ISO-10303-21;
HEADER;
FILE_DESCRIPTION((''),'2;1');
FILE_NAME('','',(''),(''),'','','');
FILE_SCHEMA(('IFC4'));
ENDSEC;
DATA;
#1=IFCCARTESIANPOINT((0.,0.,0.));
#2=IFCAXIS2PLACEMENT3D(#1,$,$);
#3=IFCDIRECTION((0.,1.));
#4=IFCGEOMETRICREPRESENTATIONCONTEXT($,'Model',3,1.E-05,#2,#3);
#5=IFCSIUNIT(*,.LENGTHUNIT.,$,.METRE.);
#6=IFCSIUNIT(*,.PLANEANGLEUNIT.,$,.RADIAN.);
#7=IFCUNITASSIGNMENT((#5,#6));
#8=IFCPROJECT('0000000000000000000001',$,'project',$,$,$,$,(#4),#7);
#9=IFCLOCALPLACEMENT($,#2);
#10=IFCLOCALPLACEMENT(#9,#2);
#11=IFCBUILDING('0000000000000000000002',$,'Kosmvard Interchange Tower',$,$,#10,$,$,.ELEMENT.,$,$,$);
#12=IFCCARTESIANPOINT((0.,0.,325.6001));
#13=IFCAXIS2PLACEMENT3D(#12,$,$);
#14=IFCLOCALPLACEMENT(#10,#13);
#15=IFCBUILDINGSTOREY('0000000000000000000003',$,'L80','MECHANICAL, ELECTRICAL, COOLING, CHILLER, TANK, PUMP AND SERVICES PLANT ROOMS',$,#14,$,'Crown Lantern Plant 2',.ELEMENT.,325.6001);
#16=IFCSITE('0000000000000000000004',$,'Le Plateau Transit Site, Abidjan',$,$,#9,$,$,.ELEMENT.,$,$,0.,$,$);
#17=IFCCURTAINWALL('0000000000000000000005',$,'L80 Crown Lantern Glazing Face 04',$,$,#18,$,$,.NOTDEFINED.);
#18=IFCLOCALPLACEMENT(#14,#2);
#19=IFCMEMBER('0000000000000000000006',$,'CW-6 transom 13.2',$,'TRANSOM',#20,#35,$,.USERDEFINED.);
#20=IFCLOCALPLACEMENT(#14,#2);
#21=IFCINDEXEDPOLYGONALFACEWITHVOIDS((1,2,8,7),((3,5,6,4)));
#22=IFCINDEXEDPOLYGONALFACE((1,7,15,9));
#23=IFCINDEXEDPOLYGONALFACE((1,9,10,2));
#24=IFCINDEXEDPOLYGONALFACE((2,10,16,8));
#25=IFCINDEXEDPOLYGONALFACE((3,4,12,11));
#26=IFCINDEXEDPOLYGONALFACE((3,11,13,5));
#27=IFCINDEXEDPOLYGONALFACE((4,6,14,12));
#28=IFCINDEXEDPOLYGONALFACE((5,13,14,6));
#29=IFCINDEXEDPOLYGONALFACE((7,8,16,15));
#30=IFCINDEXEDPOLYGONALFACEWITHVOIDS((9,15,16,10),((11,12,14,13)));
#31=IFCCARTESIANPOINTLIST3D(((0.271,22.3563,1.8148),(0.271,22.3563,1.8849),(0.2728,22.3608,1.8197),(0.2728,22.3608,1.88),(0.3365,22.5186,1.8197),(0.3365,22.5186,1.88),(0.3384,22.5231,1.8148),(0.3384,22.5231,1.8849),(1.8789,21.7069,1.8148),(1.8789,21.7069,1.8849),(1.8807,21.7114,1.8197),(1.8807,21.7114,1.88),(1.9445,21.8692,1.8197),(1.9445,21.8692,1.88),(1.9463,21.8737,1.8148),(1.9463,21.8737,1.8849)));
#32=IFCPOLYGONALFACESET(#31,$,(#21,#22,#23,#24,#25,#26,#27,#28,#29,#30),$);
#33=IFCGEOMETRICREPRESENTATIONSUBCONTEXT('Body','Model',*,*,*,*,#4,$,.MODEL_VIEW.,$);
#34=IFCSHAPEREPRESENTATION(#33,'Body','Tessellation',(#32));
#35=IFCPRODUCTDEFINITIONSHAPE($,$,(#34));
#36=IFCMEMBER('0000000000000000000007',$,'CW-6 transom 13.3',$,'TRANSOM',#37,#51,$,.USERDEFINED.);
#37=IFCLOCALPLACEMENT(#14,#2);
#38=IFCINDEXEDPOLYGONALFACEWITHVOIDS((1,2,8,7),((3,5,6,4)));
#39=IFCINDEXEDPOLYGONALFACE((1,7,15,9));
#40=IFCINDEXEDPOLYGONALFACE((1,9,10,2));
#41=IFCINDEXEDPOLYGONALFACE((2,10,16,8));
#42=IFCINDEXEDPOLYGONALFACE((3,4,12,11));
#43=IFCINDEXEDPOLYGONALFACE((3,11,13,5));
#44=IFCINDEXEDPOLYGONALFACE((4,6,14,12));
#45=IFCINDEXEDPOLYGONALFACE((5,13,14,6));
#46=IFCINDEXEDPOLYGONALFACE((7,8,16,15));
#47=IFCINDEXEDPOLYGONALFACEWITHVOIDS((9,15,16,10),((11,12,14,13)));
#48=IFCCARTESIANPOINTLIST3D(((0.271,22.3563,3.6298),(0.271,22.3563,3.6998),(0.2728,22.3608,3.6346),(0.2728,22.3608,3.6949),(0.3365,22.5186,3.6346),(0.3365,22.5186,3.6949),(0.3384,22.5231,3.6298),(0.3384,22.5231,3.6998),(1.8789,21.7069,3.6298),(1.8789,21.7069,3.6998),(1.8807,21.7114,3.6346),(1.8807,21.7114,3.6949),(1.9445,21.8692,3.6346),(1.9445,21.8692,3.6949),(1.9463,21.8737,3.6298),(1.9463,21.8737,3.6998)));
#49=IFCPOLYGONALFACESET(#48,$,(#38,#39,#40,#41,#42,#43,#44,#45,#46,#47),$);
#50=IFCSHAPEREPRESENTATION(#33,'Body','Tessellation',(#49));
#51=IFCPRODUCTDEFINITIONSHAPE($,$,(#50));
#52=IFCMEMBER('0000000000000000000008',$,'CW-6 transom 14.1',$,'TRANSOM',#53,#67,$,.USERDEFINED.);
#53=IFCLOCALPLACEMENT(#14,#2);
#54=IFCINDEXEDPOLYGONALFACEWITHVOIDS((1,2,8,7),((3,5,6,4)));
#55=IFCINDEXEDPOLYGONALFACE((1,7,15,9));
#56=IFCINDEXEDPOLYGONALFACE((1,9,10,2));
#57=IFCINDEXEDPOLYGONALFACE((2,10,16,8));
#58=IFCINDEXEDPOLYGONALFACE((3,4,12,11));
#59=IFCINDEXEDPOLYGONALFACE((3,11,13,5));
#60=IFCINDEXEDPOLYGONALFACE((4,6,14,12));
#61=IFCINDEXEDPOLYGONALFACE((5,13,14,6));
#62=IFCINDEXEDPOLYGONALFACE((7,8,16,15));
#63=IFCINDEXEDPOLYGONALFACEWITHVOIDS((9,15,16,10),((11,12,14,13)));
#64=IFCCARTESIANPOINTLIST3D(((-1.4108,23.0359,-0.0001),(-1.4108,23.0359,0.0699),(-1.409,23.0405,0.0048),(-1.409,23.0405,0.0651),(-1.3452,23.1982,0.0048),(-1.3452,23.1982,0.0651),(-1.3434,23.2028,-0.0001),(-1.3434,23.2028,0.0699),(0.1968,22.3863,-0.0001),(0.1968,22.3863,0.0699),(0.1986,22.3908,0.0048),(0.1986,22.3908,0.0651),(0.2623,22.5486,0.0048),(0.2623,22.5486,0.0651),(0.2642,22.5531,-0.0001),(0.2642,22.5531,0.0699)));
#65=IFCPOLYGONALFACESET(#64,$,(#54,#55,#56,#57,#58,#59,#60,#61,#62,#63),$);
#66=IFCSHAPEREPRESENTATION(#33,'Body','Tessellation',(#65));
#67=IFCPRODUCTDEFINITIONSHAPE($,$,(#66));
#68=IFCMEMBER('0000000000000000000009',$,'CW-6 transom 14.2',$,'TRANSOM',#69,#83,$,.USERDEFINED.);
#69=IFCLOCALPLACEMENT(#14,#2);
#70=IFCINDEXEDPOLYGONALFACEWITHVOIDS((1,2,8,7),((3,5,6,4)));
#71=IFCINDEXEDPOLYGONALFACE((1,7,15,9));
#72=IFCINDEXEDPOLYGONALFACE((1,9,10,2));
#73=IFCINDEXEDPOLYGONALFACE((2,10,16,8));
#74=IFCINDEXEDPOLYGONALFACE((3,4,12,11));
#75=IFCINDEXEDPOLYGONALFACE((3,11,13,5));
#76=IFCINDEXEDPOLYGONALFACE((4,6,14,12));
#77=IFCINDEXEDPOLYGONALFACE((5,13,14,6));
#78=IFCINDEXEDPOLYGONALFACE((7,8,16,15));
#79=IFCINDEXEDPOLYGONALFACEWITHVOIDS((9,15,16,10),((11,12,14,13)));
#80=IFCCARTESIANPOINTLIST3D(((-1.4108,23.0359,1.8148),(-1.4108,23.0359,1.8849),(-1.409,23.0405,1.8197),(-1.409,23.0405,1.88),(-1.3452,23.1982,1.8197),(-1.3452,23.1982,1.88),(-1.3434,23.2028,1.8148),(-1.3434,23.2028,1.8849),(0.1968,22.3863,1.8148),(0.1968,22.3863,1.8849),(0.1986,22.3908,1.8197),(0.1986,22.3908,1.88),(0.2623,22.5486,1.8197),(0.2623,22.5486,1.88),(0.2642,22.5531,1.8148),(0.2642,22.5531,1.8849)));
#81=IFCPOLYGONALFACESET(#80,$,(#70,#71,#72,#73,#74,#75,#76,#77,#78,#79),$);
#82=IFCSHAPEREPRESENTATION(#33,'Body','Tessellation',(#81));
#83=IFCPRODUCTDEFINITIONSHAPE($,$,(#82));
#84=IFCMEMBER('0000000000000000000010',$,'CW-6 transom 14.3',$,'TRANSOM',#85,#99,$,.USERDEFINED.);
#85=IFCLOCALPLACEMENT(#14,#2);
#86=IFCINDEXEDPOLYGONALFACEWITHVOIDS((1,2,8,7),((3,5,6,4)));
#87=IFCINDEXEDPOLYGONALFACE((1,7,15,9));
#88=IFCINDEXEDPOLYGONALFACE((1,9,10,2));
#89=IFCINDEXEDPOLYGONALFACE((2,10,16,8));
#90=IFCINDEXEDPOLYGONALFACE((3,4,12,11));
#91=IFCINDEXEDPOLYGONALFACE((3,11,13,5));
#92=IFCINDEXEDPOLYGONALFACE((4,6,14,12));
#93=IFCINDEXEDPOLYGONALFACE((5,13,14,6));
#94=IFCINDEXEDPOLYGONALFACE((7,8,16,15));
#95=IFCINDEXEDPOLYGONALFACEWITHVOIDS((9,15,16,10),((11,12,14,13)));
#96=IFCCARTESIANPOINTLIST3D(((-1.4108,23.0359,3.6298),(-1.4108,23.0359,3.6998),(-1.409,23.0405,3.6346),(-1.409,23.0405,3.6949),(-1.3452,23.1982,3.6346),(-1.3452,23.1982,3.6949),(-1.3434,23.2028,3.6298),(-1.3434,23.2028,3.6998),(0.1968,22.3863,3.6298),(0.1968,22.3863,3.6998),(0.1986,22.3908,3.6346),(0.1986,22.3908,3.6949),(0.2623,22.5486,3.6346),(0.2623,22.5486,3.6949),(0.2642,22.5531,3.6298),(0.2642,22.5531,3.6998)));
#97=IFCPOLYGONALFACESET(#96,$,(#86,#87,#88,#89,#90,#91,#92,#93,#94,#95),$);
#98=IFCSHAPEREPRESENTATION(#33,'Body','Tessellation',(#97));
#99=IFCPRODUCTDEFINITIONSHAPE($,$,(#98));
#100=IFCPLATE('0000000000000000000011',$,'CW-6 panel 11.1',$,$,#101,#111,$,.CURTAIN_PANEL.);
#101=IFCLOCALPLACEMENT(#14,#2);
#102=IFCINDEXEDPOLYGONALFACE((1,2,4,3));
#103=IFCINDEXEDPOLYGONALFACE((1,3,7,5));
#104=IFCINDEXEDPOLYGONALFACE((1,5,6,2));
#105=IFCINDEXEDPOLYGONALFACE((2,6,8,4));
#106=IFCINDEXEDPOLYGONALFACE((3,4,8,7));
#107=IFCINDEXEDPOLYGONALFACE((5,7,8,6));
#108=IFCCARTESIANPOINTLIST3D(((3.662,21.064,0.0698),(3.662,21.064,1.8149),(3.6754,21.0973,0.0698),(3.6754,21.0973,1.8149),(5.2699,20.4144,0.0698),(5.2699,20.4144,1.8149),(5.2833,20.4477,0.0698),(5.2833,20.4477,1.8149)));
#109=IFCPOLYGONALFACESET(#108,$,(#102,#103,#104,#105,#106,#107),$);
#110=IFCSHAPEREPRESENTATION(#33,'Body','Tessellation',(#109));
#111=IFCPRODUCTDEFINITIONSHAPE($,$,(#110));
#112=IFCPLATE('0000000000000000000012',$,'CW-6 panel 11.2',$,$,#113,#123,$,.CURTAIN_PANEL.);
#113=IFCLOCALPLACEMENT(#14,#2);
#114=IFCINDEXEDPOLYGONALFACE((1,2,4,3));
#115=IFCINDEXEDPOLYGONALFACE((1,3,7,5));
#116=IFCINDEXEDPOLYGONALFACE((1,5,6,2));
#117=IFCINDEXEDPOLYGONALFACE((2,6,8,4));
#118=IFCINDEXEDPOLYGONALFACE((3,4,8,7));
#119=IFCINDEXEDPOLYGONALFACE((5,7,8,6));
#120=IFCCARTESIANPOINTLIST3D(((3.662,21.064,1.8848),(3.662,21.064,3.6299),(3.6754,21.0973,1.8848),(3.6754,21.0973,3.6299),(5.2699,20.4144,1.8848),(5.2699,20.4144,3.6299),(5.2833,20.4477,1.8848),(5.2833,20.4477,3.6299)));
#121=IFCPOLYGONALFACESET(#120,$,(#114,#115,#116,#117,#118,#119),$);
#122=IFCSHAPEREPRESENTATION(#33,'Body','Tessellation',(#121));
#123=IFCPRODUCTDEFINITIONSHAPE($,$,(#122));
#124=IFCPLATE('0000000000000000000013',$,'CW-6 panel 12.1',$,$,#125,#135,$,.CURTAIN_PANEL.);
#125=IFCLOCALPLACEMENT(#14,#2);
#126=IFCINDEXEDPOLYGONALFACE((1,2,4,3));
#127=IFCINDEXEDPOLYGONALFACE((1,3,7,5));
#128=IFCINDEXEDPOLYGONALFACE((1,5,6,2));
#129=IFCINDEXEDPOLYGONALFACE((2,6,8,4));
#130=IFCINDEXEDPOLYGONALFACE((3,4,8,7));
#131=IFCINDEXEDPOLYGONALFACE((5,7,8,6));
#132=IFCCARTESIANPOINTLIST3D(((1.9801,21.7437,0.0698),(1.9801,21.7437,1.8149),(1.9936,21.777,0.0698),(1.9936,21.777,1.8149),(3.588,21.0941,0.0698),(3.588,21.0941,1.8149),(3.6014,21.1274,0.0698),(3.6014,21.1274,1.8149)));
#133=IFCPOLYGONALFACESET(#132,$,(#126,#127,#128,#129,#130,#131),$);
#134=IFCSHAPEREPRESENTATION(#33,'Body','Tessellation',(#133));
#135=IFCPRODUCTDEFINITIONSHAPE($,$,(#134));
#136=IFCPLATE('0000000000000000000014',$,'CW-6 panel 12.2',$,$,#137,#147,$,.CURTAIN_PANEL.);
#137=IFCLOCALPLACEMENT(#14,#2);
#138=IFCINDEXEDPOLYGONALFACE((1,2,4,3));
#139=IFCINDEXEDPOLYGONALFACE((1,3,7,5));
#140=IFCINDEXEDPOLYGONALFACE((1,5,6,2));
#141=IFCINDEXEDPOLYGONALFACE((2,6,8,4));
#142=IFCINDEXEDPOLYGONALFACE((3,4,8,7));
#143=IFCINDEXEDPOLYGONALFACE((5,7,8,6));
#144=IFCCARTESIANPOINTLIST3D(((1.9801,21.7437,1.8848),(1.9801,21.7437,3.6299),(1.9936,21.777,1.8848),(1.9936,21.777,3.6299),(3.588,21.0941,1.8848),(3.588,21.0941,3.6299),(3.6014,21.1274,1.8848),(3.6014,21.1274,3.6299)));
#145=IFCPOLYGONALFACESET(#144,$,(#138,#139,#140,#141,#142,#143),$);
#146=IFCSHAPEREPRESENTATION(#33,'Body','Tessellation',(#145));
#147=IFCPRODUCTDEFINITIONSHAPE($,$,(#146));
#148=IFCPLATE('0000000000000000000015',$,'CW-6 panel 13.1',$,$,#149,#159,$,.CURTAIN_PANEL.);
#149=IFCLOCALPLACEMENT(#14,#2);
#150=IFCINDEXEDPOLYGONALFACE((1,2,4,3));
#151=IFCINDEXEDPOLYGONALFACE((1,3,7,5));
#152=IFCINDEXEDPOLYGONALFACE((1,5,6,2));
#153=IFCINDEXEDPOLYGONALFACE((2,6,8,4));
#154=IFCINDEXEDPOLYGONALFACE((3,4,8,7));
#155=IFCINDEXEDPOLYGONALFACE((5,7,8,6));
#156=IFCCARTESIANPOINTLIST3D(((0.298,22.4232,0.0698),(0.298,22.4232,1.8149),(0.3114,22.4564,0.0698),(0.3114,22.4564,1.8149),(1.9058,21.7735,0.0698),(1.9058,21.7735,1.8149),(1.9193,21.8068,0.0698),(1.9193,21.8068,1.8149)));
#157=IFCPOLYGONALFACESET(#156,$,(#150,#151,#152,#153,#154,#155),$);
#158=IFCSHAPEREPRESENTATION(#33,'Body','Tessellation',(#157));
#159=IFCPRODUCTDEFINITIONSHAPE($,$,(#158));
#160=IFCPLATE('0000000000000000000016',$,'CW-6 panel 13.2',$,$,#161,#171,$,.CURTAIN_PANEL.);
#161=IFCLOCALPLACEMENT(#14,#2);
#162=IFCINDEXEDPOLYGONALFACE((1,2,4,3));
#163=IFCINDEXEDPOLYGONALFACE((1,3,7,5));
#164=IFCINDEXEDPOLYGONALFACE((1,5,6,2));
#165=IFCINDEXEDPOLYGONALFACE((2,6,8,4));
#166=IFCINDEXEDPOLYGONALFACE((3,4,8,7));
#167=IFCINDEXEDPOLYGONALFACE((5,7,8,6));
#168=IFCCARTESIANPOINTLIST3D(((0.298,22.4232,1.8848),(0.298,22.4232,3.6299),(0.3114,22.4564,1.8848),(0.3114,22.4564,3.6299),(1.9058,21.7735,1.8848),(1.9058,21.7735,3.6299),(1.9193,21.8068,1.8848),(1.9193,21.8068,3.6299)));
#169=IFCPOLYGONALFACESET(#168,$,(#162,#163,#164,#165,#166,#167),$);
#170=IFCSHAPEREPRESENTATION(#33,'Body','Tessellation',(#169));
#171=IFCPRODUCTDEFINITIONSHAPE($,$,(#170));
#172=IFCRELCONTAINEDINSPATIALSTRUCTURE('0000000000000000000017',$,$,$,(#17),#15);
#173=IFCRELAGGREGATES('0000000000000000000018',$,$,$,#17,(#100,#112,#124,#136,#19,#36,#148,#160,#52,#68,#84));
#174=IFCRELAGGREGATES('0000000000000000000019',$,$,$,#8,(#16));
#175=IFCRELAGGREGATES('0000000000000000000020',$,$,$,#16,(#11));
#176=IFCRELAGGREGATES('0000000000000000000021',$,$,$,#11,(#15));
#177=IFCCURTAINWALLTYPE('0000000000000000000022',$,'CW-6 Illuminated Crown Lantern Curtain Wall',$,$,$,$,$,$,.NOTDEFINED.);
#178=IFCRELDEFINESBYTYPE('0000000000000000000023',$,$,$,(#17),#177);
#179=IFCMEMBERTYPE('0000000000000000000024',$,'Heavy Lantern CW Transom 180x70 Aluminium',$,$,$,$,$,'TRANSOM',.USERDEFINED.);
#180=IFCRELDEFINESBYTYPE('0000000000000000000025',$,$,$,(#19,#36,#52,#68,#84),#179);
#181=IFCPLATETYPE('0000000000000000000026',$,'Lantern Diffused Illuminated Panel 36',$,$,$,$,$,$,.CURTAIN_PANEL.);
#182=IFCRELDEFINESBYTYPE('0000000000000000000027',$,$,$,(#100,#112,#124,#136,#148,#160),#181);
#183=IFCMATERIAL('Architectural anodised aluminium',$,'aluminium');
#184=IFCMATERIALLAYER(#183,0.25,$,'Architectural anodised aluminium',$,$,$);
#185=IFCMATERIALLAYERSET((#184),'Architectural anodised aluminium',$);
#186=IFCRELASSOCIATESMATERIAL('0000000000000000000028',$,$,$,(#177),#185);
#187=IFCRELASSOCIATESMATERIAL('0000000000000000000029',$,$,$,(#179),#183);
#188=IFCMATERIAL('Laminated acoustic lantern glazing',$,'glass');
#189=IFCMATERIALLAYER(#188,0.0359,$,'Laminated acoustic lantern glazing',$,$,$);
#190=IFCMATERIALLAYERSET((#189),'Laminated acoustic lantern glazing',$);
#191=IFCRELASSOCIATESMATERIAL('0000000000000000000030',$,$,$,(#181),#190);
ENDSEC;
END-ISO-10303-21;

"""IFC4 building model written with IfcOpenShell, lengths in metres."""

from ifc_helpers import new_model, si_unit, direction, frame, origin, origin_2d, place, context, subcontext, project, spatial, rectangle, hollow_rectangle, extrude, source, transform, mapped, material, layer, layer_set, material_profile, profile_set, type_object, element, aggregate, save


model = new_model("IFC4")

# Units and contexts
model_context = context("Model", 3, precision=1e-05, world=origin(), true_north=direction((0.0, 1.0)))
body_context = subcontext(model_context, "Body", "Model", "MODEL_VIEW")
ifc_project = project(units=[si_unit("LENGTHUNIT", "METRE"), si_unit("PLANEANGLEUNIT", "RADIAN")], contexts=[model_context])

# Site, building, storey
site_placement = place(None, origin())
site = spatial("IfcSite", under=ifc_project, at=site_placement, Name="Le Plateau Transit Site, Abidjan", CompositionType="ELEMENT", RefElevation=0.0)
building_placement = place(site_placement, origin())
building = spatial("IfcBuilding", under=site, at=building_placement, Name="Kosmvard Interchange Tower", CompositionType="ELEMENT")
storey_placement = place(building_placement, frame((0.0, 0.0, 325.6001)))
storey = spatial("IfcBuildingStorey", under=building, at=storey_placement, Name="L80", Description="MECHANICAL, ELECTRICAL, COOLING, CHILLER, TANK, PUMP AND SERVICES PLANT ROOMS", LongName="Crown Lantern Plant 2", CompositionType="ELEMENT", Elevation=325.6001)

# Curtain wall, members, plates
ifc_material_1 = material(Name="Architectural anodised aluminium", Category="aluminium")
ifc_layer_1 = layer(ifc_material_1, 0.25, Name="Architectural anodised aluminium")
ifc_layer_set_1 = layer_set([ifc_layer_1], Name="Architectural anodised aluminium")
curtain_wall_type = type_object("IfcCurtainWallType", Name="CW-6 Illuminated Crown Lantern Curtain Wall", PredefinedType="NOTDEFINED", material=ifc_layer_set_1)
curtain_wall_placement = place(storey_placement, origin())
curtain_wall = element("IfcCurtainWall", 1, at=curtain_wall_placement, inside=storey, type_object=curtain_wall_type, Name="L80 Crown Lantern Glazing Face 04", PredefinedType="NOTDEFINED")
ifc_material_profile_1 = material_profile(ifc_material_1, hollow_rectangle(XDim=0.1799, YDim=0.0701, WallThickness=0.0049, at=origin_2d()), Name="CWT 180x70x5")
ifc_profile_set_1 = profile_set([ifc_material_profile_1], Name="Architectural anodised aluminium")
member_type_1 = type_object("IfcMemberType", Name="Heavy Lantern CW Transom 180x70 Aluminium", ElementType="TRANSOM", PredefinedType="USERDEFINED", material=ifc_profile_set_1)
shared_shape_1 = source(origin(), body_context, "Body", "SweptSolid", [
    extrude(hollow_rectangle(XDim=0.1799, YDim=0.0701, WallThickness=0.0049, at=origin_2d()), origin(), (0.0, 0.0, 1.0), 1.7341),
])
member_1_placement = place(storey_placement, frame((1.9126, 21.7903, 1.8499), z_axis=(-0.927229, 0.374496, 0.0), x_axis=(-0.374496, -0.927229, 0.0)))
member_1 = element("IfcMember", 2, at=member_1_placement, type_object=member_type_1, Name="CW-6 transom 13.2", ObjectType="TRANSOM", PredefinedType="USERDEFINED", context=body_context, shape_type="MappedRepresentation", body=[
    mapped(shared_shape_1, transform((0.0, 0.0, 0.0), scale=1.0)),
])
member_2_placement = place(storey_placement, frame((1.9126, 21.7903, 3.6648), z_axis=(-0.927229, 0.374496, 0.0), x_axis=(-0.374496, -0.927229, 0.0)))
member_2 = element("IfcMember", 3, at=member_2_placement, type_object=member_type_1, Name="CW-6 transom 13.3", ObjectType="TRANSOM", PredefinedType="USERDEFINED", context=body_context, shape_type="MappedRepresentation", body=[
    mapped(shared_shape_1, transform((0.0, 0.0, 0.0), scale=1.0)),
])
shared_shape_2 = source(origin(), body_context, "Body", "SweptSolid", [
    extrude(hollow_rectangle(XDim=0.1799, YDim=0.0701, WallThickness=0.0049, at=origin_2d()), origin(), (0.0, 0.0, 1.0), 1.7339),
])
member_3_placement = place(storey_placement, frame((0.2305, 22.4697, 0.0349), z_axis=(-0.92716, 0.374666, 0.0), x_axis=(-0.374666, -0.92716, 0.0)))
member_3 = element("IfcMember", 4, at=member_3_placement, type_object=member_type_1, Name="CW-6 transom 14.1", ObjectType="TRANSOM", PredefinedType="USERDEFINED", context=body_context, shape_type="MappedRepresentation", body=[
    mapped(shared_shape_2, transform((0.0, 0.0, 0.0), scale=1.0)),
])
member_4_placement = place(storey_placement, frame((0.2305, 22.4697, 1.8499), z_axis=(-0.92716, 0.374666, 0.0), x_axis=(-0.374666, -0.92716, 0.0)))
member_4 = element("IfcMember", 5, at=member_4_placement, type_object=member_type_1, Name="CW-6 transom 14.2", ObjectType="TRANSOM", PredefinedType="USERDEFINED", context=body_context, shape_type="MappedRepresentation", body=[
    mapped(shared_shape_2, transform((0.0, 0.0, 0.0), scale=1.0)),
])
member_5_placement = place(storey_placement, frame((0.2305, 22.4697, 3.6648), z_axis=(-0.92716, 0.374666, 0.0), x_axis=(-0.374666, -0.92716, 0.0)))
member_5 = element("IfcMember", 6, at=member_5_placement, type_object=member_type_1, Name="CW-6 transom 14.3", ObjectType="TRANSOM", PredefinedType="USERDEFINED", context=body_context, shape_type="MappedRepresentation", body=[
    mapped(shared_shape_2, transform((0.0, 0.0, 0.0), scale=1.0)),
])
ifc_material_2 = material(Name="Laminated acoustic lantern glazing", Category="glass")
ifc_layer_2 = layer(ifc_material_2, 0.0359, Name="Laminated acoustic lantern glazing")
ifc_layer_set_2 = layer_set([ifc_layer_2], Name="Laminated acoustic lantern glazing")
plate_type = type_object("IfcPlateType", Name="Lantern Diffused Illuminated Panel 36", PredefinedType="CURTAIN_PANEL", material=ifc_layer_set_2)
shared_shape_3 = source(origin(), body_context, "Body", "SweptSolid", [
    extrude(rectangle(XDim=1.7341, YDim=0.0359, at=origin_2d()), origin(), (0.0, 0.0, 1.0), 1.7451),
])
plate_1_placement = place(storey_placement, frame((4.4727, 20.7559, 0.0698), z_axis=(0.0, 0.0, 1.0), x_axis=(-0.927184, 0.374607, 0.0)))
plate_1 = element("IfcPlate", 7, at=plate_1_placement, type_object=plate_type, Name="CW-6 panel 11.1", PredefinedType="CURTAIN_PANEL", context=body_context, shape_type="MappedRepresentation", body=[
    mapped(shared_shape_3, transform((0.0, 0.0, 0.0), scale=1.0)),
])
plate_2_placement = place(storey_placement, frame((4.4727, 20.7559, 1.8848), z_axis=(0.0, 0.0, 1.0), x_axis=(-0.927184, 0.374607, 0.0)))
plate_2 = element("IfcPlate", 8, at=plate_2_placement, type_object=plate_type, Name="CW-6 panel 11.2", PredefinedType="CURTAIN_PANEL", context=body_context, shape_type="MappedRepresentation", body=[
    mapped(shared_shape_3, transform((0.0, 0.0, 0.0), scale=1.0)),
])
plate_3_placement = place(storey_placement, frame((2.7908, 21.4355, 0.0698), z_axis=(0.0, 0.0, 1.0), x_axis=(-0.927184, 0.374607, 0.0)))
plate_3 = element("IfcPlate", 9, at=plate_3_placement, type_object=plate_type, Name="CW-6 panel 12.1", PredefinedType="CURTAIN_PANEL", context=body_context, shape_type="MappedRepresentation", body=[
    mapped(shared_shape_3, transform((0.0, 0.0, 0.0), scale=1.0)),
])
plate_4_placement = place(storey_placement, frame((2.7908, 21.4355, 1.8848), z_axis=(0.0, 0.0, 1.0), x_axis=(-0.927184, 0.374607, 0.0)))
plate_4 = element("IfcPlate", 10, at=plate_4_placement, type_object=plate_type, Name="CW-6 panel 12.2", PredefinedType="CURTAIN_PANEL", context=body_context, shape_type="MappedRepresentation", body=[
    mapped(shared_shape_3, transform((0.0, 0.0, 0.0), scale=1.0)),
])
plate_5_placement = place(storey_placement, frame((1.1086, 22.115, 0.0698), z_axis=(0.0, 0.0, 1.0), x_axis=(-0.927184, 0.374607, 0.0)))
plate_5 = element("IfcPlate", 11, at=plate_5_placement, type_object=plate_type, Name="CW-6 panel 13.1", PredefinedType="CURTAIN_PANEL", context=body_context, shape_type="MappedRepresentation", body=[
    mapped(shared_shape_3, transform((0.0, 0.0, 0.0), scale=1.0)),
])
plate_6_placement = place(storey_placement, frame((1.1086, 22.115, 1.8848), z_axis=(0.0, 0.0, 1.0), x_axis=(-0.927184, 0.374607, 0.0)))
plate_6 = element("IfcPlate", 12, at=plate_6_placement, type_object=plate_type, Name="CW-6 panel 13.2", PredefinedType="CURTAIN_PANEL", context=body_context, shape_type="MappedRepresentation", body=[
    mapped(shared_shape_3, transform((0.0, 0.0, 0.0), scale=1.0)),
])
aggregate(curtain_wall, [plate_1, plate_2, plate_3, plate_4, member_1, member_2, plate_5, plate_6, member_3, member_4, member_5])

save(model, "model.ifc")
